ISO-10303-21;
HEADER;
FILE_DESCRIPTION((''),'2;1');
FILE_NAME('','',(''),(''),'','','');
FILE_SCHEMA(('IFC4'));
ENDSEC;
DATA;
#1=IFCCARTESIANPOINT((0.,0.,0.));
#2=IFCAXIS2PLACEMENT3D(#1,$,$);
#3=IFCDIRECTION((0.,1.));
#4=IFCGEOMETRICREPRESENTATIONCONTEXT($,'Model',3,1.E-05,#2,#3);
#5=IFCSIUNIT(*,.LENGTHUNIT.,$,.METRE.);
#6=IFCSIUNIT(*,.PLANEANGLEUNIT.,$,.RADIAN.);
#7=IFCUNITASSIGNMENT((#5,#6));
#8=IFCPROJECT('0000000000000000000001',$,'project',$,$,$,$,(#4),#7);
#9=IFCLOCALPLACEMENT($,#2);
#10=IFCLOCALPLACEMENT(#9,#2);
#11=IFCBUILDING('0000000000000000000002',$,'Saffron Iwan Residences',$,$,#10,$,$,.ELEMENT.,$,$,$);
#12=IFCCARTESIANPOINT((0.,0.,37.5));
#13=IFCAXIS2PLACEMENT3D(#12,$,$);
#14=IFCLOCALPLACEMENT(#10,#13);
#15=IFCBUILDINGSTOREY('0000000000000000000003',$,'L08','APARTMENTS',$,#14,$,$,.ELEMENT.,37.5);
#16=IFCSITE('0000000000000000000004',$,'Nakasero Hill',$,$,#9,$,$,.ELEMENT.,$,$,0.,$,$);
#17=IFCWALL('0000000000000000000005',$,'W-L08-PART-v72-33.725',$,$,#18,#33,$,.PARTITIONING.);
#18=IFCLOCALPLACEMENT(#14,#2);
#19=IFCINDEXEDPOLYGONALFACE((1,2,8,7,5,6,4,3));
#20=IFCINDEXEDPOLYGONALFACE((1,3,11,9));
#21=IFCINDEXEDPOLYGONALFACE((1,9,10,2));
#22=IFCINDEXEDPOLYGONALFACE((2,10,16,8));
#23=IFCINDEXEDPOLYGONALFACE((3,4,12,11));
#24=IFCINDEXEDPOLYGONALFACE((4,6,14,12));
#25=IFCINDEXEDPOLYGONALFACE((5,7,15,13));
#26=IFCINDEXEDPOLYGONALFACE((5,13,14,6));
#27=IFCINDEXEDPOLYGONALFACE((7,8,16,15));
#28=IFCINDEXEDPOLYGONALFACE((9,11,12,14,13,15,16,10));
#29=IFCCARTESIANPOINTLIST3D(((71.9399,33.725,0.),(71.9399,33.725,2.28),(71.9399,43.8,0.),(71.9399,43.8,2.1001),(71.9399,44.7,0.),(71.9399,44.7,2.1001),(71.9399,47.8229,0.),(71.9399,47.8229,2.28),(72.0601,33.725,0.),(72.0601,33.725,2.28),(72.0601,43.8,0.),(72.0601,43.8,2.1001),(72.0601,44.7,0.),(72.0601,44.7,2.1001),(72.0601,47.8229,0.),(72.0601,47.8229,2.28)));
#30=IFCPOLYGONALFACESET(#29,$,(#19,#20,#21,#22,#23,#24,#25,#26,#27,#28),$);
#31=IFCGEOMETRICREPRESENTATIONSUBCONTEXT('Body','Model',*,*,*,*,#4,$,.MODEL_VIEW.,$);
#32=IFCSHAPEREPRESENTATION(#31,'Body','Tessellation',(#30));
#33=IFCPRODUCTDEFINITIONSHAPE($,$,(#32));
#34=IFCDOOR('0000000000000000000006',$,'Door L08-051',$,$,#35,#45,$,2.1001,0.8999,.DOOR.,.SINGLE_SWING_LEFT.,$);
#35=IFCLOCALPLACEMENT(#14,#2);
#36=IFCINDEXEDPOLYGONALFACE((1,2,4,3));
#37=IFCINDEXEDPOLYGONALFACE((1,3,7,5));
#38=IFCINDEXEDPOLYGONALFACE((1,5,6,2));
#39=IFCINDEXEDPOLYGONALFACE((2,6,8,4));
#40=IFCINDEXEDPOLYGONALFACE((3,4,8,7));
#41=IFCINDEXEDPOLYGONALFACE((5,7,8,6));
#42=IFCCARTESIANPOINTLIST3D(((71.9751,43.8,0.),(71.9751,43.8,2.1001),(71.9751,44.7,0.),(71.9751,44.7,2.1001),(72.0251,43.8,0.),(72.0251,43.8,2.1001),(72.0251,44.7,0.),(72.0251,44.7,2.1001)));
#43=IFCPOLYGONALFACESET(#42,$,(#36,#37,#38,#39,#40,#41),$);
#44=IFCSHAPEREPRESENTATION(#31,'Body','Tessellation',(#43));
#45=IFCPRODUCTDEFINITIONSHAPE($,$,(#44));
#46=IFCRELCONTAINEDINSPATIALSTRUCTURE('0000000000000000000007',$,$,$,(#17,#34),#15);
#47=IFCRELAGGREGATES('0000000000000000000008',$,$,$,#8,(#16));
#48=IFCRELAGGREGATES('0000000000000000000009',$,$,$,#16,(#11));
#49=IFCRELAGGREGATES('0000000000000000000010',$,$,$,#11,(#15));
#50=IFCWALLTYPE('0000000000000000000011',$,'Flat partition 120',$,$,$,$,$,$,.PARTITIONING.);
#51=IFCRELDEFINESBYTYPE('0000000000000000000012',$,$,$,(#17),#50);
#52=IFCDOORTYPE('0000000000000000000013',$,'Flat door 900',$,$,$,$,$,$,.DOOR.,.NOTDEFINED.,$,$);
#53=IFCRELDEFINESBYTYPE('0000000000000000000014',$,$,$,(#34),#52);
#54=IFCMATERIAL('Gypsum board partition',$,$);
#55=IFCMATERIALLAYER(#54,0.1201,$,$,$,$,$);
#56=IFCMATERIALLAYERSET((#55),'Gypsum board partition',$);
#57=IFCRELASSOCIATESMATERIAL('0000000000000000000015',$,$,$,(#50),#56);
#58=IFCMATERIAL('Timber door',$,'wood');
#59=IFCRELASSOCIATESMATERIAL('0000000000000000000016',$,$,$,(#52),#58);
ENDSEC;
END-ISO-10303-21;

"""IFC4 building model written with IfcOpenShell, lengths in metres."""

from ifc_helpers import new_model, si_unit, direction, frame, frame_2d, origin, place, context, subcontext, project, spatial, rectangle, extrude, material, layer, layer_set, type_object, element, fill, save


model = new_model("IFC4")

# Units and contexts
model_context = context("Model", 3, precision=1e-05, world=origin(), true_north=direction((0.0, 1.0)))
body_context = subcontext(model_context, "Body", "Model", "MODEL_VIEW")
ifc_project = project(units=[si_unit("LENGTHUNIT", "METRE"), si_unit("PLANEANGLEUNIT", "RADIAN")], contexts=[model_context])

# Site, building, storey
site_placement = place(None, origin())
site = spatial("IfcSite", under=ifc_project, at=site_placement, Name="Nakasero Hill", CompositionType="ELEMENT", RefElevation=0.0)
building_placement = place(site_placement, origin())
building = spatial("IfcBuilding", under=site, at=building_placement, Name="Saffron Iwan Residences", CompositionType="ELEMENT")
storey_placement = place(building_placement, frame((0.0, 0.0, 37.5)))
storey = spatial("IfcBuildingStorey", under=building, at=storey_placement, Name="L08", Description="APARTMENTS", CompositionType="ELEMENT", Elevation=37.5)

# Shared definitions
ifc_material_1 = material(Name="Gypsum board partition")
ifc_layer_1 = layer(ifc_material_1, 0.1201)
ifc_layer_set_1 = layer_set([ifc_layer_1], Name="Gypsum board partition")
wall_type_1 = type_object("IfcWallType", Name="Flat partition 120", PredefinedType="PARTITIONING", material=ifc_layer_set_1)

# Wall, opening, door
wall_1_placement = place(storey_placement, frame((72.0, 33.7251, 0.0), z_axis=(0.0, 0.0, 1.0), x_axis=(0.0, 1.0, 0.0)))
wall_1 = element("IfcWall", 1, at=wall_1_placement, inside=storey, type_object=wall_type_1, Name="W-L08-PART-v72-33.725", PredefinedType="PARTITIONING", context=body_context, shape_type="SweptSolid", body=[
    extrude(rectangle(XDim=14.0979, YDim=0.1201, at=frame_2d((7.0488, 0.0))), origin(), (0.0, 0.0, 1.0), 2.28),
])
opening_1_placement = place(wall_1_placement, frame((10.075, 0.0, 0.0)))
opening_1 = element("IfcOpeningElement", 2, at=opening_1_placement, cuts=wall_1, PredefinedType="OPENING", context=body_context, shape_type="SweptSolid", body=[
    extrude(rectangle(XDim=0.8999, YDim=2.1001, at=frame_2d((0.45, 1.05))), frame((0.0, 0.0701, 0.0), z_axis=(0.0, -1.0, 0.0), x_axis=(1.0, 0.0, 0.0)), (0.0, 0.0, 1.0), 0.1401),
])
ifc_material_2 = material(Name="Timber door", Category="wood")
door_type_1 = type_object("IfcDoorType", Name="Flat door 900", OperationType="NOTDEFINED", PredefinedType="DOOR", material=ifc_material_2)
door_1_placement = place(opening_1_placement, origin())
door_1 = element("IfcDoor", 3, at=door_1_placement, inside=storey, type_object=door_type_1, Name="Door L08-051", OperationType="SINGLE_SWING_LEFT", OverallHeight=2.1001, OverallWidth=0.8999, PredefinedType="DOOR", context=body_context, shape_type="SweptSolid", body=[
    extrude(rectangle(XDim=0.8999, YDim=2.1001, at=frame_2d((0.45, 1.05))), frame((0.0, 0.0249, 0.0), z_axis=(0.0, -1.0, 0.0), x_axis=(1.0, 0.0, 0.0)), (0.0, 0.0, 1.0), 0.05),
])
fill(opening_1, door_1)

save(model, "model.ifc")
